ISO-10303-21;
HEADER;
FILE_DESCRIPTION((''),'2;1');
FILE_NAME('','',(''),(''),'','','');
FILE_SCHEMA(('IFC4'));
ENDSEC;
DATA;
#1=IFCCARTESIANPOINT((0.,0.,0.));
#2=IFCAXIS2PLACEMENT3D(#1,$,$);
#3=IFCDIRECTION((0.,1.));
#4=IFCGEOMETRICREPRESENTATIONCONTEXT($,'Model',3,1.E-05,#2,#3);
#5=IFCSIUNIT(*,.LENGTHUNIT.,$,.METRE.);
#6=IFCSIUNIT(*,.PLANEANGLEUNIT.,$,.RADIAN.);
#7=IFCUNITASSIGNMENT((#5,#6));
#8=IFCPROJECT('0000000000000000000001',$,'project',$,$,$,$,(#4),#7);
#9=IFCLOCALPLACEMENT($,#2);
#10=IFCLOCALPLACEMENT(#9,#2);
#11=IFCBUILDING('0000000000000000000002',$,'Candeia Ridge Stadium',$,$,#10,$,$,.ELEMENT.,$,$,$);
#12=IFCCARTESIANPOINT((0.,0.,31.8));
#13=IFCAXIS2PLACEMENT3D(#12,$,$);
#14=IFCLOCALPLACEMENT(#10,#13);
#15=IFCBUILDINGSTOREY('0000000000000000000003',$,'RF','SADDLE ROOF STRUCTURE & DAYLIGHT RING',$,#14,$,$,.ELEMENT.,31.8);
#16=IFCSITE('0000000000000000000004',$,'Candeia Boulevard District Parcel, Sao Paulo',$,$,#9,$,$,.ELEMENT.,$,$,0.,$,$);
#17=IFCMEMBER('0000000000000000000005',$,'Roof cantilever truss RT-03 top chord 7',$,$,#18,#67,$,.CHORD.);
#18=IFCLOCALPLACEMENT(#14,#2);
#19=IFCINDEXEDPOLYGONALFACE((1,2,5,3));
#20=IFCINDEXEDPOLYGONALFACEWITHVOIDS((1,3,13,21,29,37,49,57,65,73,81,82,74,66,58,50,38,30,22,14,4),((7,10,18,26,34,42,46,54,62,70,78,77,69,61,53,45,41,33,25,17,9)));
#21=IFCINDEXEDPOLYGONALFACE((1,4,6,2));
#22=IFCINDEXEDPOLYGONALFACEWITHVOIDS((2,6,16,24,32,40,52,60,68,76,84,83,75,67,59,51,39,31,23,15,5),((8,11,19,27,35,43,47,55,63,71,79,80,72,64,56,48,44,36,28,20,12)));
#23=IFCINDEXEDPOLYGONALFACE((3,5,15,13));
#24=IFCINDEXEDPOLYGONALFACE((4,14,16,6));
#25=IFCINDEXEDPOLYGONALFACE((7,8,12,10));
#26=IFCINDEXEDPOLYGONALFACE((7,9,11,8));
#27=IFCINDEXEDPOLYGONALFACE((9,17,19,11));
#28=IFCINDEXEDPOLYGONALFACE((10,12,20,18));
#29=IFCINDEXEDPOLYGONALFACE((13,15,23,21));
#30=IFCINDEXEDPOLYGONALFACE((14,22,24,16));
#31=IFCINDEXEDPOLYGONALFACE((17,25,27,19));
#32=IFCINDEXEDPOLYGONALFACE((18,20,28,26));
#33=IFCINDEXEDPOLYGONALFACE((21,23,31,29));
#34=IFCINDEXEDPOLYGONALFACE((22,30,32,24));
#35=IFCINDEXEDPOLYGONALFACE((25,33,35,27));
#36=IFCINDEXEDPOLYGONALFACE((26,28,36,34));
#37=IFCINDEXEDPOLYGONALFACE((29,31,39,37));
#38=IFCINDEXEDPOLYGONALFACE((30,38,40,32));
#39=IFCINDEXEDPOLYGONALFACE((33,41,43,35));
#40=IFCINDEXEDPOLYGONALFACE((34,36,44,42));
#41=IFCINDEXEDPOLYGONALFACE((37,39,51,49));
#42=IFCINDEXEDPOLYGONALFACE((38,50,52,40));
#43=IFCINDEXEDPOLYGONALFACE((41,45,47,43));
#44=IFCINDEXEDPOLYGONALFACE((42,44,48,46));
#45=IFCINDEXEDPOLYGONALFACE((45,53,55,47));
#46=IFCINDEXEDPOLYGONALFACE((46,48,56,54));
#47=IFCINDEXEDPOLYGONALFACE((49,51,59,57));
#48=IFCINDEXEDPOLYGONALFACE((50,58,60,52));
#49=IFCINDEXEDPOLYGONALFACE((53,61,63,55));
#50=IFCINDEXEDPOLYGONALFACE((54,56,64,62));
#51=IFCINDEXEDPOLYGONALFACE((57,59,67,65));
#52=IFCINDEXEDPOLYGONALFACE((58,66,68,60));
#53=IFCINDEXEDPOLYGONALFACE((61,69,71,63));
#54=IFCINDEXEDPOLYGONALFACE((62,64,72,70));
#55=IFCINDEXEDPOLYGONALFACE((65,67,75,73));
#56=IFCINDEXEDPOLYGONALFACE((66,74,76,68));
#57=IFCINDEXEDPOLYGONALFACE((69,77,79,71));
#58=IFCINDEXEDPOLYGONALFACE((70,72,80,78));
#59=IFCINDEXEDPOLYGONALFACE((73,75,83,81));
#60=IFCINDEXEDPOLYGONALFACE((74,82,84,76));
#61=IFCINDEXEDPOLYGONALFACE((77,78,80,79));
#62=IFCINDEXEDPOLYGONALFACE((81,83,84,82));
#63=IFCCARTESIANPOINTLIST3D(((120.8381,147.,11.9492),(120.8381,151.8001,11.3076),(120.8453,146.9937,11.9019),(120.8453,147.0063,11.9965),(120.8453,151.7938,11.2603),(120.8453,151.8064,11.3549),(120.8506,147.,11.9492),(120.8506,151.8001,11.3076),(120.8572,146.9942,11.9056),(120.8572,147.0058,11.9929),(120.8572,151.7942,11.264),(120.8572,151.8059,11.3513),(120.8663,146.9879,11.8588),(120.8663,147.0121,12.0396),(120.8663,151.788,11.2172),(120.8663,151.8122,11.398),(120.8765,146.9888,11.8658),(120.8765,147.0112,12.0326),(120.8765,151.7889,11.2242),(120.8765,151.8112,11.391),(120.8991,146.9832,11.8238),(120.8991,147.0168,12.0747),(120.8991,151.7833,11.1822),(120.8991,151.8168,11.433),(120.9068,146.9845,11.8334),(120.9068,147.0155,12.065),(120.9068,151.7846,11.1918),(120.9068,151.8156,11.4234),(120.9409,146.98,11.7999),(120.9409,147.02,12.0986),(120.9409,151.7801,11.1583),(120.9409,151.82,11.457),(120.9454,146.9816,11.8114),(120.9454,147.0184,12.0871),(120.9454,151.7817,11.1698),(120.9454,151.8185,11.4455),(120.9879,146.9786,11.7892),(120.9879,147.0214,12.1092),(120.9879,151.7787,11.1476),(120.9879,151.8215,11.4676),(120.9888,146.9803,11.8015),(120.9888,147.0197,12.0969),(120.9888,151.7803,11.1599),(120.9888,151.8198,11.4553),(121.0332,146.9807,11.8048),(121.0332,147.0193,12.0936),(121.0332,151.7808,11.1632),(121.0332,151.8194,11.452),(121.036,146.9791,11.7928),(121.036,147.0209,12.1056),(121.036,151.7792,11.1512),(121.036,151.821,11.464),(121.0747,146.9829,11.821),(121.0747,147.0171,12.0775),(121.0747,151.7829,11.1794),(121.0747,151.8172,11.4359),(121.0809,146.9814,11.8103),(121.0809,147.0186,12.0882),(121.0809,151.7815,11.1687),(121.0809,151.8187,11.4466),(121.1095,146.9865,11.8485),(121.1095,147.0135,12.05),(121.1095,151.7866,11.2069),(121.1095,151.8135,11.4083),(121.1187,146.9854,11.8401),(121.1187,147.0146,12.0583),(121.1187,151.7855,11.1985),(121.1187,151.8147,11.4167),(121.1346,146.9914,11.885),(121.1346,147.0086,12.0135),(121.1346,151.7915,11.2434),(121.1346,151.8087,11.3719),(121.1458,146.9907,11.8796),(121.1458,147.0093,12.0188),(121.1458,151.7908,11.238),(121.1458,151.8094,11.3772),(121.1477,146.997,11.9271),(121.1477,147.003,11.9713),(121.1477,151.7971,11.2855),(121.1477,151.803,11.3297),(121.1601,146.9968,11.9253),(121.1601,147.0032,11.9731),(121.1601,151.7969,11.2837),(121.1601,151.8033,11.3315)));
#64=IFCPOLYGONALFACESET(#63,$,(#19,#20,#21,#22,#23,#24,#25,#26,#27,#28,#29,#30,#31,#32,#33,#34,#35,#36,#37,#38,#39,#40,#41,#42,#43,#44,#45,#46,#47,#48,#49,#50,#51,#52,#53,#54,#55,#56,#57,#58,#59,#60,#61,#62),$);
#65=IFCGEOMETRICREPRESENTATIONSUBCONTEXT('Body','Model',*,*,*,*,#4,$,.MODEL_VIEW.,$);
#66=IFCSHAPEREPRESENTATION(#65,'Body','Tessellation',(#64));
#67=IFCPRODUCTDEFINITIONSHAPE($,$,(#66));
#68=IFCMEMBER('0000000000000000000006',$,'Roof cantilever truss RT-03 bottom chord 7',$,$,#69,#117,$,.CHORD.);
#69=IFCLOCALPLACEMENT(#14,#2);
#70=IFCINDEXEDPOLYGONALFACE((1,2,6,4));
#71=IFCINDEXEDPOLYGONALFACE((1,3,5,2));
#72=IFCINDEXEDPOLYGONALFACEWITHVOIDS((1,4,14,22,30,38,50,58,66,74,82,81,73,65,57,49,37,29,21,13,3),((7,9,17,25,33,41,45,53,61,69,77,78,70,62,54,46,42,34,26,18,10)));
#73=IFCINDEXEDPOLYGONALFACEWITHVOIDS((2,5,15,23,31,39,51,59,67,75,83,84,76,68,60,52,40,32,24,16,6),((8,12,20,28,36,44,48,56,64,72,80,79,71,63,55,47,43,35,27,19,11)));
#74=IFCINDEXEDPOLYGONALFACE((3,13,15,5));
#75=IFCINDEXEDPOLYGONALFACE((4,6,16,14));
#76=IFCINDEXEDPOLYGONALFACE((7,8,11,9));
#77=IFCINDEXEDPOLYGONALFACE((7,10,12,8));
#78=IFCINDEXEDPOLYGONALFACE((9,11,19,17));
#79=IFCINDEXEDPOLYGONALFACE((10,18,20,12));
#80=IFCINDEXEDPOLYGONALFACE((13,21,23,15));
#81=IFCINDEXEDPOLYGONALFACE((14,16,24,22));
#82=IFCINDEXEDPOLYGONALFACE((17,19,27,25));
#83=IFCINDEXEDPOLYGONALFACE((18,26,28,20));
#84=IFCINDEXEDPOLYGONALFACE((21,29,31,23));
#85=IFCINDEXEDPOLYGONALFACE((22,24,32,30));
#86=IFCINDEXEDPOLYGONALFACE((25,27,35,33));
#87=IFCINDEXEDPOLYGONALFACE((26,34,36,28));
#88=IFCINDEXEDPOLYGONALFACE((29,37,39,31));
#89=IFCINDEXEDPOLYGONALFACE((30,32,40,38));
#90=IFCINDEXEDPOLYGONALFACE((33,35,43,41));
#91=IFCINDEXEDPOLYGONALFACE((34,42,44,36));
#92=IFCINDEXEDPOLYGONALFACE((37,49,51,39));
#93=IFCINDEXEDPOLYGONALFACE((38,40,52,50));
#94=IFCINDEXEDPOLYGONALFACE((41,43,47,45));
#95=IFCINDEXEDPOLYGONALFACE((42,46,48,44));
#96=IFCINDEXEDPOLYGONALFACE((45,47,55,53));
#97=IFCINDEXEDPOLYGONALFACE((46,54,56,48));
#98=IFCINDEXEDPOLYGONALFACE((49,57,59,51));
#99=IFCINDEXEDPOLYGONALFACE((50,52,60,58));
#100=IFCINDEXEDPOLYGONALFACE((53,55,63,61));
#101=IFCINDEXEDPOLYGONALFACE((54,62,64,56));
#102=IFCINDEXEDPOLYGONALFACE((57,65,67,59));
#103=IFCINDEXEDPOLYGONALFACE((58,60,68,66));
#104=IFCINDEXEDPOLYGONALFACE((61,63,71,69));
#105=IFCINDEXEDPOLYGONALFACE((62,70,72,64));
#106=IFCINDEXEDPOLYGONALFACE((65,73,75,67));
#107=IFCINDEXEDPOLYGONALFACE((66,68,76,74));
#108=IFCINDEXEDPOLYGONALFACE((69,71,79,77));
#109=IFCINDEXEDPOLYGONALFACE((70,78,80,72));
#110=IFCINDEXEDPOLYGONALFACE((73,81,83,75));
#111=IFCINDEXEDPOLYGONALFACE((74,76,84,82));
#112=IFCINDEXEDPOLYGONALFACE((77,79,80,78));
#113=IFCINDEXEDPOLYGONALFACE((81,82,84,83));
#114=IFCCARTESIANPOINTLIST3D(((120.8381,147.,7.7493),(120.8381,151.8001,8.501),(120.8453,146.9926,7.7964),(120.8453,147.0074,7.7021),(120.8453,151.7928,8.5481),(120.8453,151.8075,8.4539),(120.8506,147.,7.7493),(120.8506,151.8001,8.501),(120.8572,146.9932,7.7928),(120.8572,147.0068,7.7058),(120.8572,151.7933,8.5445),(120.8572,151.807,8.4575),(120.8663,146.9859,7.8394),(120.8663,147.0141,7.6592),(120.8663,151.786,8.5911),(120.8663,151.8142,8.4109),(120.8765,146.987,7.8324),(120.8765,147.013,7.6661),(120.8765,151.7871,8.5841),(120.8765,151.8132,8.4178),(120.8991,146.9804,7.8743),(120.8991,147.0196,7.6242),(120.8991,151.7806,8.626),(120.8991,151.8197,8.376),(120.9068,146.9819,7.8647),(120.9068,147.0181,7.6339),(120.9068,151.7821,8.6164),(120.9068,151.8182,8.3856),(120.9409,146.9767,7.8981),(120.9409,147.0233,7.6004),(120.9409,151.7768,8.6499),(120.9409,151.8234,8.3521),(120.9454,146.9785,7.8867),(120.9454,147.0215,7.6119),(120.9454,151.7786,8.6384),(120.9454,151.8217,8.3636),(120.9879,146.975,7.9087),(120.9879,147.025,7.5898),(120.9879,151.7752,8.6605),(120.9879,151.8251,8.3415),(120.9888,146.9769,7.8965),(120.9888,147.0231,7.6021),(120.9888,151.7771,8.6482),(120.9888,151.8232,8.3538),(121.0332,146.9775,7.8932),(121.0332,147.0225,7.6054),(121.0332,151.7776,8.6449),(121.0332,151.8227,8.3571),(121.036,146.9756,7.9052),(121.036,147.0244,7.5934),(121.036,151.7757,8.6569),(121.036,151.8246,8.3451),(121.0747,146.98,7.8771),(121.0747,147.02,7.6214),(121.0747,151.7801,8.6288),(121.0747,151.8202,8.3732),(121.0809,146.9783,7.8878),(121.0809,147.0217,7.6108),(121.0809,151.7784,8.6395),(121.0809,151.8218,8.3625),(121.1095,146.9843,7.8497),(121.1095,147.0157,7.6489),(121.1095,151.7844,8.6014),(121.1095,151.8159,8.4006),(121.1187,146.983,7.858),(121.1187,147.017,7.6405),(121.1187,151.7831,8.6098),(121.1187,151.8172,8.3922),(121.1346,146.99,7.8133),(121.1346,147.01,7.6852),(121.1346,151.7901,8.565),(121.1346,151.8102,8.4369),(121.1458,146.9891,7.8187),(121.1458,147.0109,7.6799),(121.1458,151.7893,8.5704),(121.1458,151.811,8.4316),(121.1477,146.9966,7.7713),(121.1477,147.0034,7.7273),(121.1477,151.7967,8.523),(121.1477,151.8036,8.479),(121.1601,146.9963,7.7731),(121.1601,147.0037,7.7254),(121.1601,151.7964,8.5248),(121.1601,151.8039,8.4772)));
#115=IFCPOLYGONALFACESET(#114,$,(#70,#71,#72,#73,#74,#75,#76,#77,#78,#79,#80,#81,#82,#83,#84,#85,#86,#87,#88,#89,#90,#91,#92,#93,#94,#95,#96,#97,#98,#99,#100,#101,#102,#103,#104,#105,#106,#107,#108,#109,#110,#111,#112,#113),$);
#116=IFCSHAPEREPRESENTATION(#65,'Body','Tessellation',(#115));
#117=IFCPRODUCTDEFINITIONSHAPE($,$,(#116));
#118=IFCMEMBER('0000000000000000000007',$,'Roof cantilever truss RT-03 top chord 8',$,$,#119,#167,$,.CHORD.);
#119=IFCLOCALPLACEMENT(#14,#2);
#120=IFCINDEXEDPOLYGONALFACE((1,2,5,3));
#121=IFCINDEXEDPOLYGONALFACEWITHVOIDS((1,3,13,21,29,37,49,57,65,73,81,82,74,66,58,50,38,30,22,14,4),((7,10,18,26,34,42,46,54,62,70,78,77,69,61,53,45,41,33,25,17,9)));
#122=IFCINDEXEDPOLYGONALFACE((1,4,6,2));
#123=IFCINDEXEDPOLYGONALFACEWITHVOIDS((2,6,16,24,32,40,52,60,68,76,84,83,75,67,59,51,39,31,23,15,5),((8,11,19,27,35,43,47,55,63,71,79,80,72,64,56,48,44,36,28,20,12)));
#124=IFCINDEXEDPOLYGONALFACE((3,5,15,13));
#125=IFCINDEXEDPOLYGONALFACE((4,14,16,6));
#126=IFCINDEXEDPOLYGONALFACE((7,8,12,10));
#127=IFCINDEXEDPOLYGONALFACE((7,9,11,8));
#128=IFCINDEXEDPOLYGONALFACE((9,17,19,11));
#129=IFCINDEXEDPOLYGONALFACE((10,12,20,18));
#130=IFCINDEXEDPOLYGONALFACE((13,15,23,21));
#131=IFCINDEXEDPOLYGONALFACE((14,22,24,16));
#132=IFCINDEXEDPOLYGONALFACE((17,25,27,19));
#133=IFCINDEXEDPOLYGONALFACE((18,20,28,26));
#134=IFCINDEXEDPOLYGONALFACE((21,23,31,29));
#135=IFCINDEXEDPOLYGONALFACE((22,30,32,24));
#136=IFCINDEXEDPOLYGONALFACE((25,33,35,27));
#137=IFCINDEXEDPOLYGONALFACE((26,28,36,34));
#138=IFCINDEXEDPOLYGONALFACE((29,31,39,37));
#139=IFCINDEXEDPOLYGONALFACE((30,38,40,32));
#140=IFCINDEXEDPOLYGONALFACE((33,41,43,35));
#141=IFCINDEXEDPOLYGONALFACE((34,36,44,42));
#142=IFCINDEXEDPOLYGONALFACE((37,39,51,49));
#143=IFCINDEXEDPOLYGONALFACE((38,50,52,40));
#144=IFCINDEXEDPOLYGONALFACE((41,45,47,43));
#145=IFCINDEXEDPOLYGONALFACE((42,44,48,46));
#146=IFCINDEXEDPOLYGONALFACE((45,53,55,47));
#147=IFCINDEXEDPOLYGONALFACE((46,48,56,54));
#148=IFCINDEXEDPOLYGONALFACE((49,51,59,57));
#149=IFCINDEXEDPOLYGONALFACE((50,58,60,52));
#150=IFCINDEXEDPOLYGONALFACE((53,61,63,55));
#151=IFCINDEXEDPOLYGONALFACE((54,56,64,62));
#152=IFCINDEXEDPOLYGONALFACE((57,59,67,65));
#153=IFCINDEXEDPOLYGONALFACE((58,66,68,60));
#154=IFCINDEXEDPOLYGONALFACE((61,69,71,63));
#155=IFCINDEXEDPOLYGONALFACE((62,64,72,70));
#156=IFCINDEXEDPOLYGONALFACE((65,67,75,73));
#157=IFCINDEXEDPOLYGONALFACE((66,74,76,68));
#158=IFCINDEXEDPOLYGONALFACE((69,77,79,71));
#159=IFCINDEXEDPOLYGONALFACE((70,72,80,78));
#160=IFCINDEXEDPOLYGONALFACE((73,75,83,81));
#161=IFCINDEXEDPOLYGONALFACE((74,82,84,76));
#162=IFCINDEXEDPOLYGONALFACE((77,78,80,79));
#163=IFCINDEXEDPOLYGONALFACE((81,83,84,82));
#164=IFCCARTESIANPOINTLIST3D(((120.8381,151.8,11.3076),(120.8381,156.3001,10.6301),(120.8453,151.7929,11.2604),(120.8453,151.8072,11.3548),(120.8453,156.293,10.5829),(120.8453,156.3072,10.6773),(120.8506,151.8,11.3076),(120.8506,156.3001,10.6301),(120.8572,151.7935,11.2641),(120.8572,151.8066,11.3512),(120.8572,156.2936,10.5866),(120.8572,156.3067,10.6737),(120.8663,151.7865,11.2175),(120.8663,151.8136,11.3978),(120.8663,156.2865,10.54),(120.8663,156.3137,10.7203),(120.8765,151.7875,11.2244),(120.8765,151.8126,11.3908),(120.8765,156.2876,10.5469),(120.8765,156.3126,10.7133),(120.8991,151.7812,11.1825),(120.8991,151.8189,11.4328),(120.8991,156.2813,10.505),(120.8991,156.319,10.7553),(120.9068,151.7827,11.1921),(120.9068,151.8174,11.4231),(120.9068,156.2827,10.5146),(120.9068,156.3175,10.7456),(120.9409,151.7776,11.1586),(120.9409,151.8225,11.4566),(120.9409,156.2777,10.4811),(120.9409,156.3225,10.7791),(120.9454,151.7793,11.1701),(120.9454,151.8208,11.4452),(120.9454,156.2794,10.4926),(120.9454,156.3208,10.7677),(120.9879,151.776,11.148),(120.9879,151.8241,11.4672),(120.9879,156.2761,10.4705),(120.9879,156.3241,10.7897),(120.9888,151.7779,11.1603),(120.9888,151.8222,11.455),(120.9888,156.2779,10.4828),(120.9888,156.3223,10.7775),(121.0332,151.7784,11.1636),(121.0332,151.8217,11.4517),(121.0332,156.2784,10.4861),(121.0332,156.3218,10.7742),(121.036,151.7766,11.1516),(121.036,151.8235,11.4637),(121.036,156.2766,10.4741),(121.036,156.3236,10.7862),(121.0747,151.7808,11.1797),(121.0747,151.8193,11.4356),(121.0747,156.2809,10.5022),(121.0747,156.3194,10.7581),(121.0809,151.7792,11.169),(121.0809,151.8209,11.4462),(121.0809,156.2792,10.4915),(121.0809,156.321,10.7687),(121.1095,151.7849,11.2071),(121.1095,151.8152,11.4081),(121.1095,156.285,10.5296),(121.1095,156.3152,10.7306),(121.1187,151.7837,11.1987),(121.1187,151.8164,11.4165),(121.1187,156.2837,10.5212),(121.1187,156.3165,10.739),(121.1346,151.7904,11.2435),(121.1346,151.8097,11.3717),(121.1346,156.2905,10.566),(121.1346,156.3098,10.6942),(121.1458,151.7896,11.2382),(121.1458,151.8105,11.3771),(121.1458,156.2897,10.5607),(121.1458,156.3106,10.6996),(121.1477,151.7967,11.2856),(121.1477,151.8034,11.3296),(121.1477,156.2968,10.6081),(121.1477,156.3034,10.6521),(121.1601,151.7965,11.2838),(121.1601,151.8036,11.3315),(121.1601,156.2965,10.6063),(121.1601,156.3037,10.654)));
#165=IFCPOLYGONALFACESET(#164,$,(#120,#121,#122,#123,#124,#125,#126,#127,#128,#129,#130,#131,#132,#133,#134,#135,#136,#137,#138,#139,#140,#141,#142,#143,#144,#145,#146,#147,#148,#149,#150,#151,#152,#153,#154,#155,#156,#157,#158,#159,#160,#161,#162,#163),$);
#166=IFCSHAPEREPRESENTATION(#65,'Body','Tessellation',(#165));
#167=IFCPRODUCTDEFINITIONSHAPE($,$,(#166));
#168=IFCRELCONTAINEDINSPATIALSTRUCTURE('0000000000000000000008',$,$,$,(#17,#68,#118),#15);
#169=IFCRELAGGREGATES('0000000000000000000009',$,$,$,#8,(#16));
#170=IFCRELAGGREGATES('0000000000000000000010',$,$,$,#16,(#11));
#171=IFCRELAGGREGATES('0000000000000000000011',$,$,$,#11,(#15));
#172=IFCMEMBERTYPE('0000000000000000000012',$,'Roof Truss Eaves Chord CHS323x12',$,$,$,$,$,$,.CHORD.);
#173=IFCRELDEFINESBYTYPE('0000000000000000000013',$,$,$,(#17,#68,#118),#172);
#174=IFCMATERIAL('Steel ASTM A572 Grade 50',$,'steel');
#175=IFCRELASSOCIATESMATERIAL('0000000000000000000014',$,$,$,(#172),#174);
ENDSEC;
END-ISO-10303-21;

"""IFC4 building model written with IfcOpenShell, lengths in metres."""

from ifc_helpers import new_model, si_unit, direction, frame, origin, origin_2d, place, context, subcontext, project, spatial, hollow_circle, extrude, material, material_profile, profile_set, type_object, element, save


model = new_model("IFC4")

# Units and contexts
model_context = context("Model", 3, precision=1e-05, world=origin(), true_north=direction((0.0, 1.0)))
body_context = subcontext(model_context, "Body", "Model", "MODEL_VIEW")
ifc_project = project(units=[si_unit("LENGTHUNIT", "METRE"), si_unit("PLANEANGLEUNIT", "RADIAN")], contexts=[model_context])

# Site, building, storey
site_placement = place(None, origin())
site = spatial("IfcSite", under=ifc_project, at=site_placement, Name="Candeia Boulevard District Parcel, Sao Paulo", CompositionType="ELEMENT", RefElevation=0.0)
building_placement = place(site_placement, origin())
building = spatial("IfcBuilding", under=site, at=building_placement, Name="Candeia Ridge Stadium", CompositionType="ELEMENT")
storey_placement = place(building_placement, frame((0.0, 0.0, 31.8)))
storey = spatial("IfcBuildingStorey", under=building, at=storey_placement, Name="RF", Description="SADDLE ROOF STRUCTURE & DAYLIGHT RING", CompositionType="ELEMENT", Elevation=31.8)

# Shared definitions
ifc_material_1 = material(Name="Steel ASTM A572 Grade 50", Category="steel")

# Members
ifc_material_profile_1 = material_profile(ifc_material_1, hollow_circle(Radius=0.1619, WallThickness=0.0125, at=origin_2d()), Name="CHS323x12", Category="steel")
ifc_profile_set_1 = profile_set([ifc_material_profile_1], Name="Steel ASTM A572 Grade 50")
member_type_1 = type_object("IfcMemberType", Name="Roof Truss Eaves Chord CHS323x12", PredefinedType="CHORD", material=ifc_profile_set_1)
member_1_placement = place(storey_placement, frame((121.0, 147.0, 11.9492), z_axis=(0.0, 0.991185, -0.132487), x_axis=(-1.0, 0.0, 0.0)))
element("IfcMember", 1, at=member_1_placement, inside=storey, type_object=member_type_1, Name="Roof cantilever truss RT-03 top chord 7", PredefinedType="CHORD", context=body_context, shape_type="SweptSolid", body=[
    extrude(hollow_circle(Radius=0.1619, WallThickness=0.0125, at=origin_2d()), origin(), (0.0, 0.0, 1.0), 4.8428),
])
member_2_placement = place(storey_placement, frame((121.0, 147.0, 7.7493), z_axis=(0.0, 0.987959, 0.154719), x_axis=(-1.0, 0.0, 0.0)))
element("IfcMember", 2, at=member_2_placement, inside=storey, type_object=member_type_1, Name="Roof cantilever truss RT-03 bottom chord 7", PredefinedType="CHORD", context=body_context, shape_type="SweptSolid", body=[
    extrude(hollow_circle(Radius=0.1619, WallThickness=0.0125, at=origin_2d()), origin(), (0.0, 0.0, 1.0), 4.8586),
])
member_3_placement = place(storey_placement, frame((121.0, 151.8, 11.3076), z_axis=(0.0, 0.988856, -0.148876), x_axis=(-1.0, 0.0, 0.0)))
element("IfcMember", 3, at=member_3_placement, inside=storey, type_object=member_type_1, Name="Roof cantilever truss RT-03 top chord 8", PredefinedType="CHORD", context=body_context, shape_type="SweptSolid", body=[
    extrude(hollow_circle(Radius=0.1619, WallThickness=0.0125, at=origin_2d()), origin(), (0.0, 0.0, 1.0), 4.5508),
])

save(model, "model.ifc")
